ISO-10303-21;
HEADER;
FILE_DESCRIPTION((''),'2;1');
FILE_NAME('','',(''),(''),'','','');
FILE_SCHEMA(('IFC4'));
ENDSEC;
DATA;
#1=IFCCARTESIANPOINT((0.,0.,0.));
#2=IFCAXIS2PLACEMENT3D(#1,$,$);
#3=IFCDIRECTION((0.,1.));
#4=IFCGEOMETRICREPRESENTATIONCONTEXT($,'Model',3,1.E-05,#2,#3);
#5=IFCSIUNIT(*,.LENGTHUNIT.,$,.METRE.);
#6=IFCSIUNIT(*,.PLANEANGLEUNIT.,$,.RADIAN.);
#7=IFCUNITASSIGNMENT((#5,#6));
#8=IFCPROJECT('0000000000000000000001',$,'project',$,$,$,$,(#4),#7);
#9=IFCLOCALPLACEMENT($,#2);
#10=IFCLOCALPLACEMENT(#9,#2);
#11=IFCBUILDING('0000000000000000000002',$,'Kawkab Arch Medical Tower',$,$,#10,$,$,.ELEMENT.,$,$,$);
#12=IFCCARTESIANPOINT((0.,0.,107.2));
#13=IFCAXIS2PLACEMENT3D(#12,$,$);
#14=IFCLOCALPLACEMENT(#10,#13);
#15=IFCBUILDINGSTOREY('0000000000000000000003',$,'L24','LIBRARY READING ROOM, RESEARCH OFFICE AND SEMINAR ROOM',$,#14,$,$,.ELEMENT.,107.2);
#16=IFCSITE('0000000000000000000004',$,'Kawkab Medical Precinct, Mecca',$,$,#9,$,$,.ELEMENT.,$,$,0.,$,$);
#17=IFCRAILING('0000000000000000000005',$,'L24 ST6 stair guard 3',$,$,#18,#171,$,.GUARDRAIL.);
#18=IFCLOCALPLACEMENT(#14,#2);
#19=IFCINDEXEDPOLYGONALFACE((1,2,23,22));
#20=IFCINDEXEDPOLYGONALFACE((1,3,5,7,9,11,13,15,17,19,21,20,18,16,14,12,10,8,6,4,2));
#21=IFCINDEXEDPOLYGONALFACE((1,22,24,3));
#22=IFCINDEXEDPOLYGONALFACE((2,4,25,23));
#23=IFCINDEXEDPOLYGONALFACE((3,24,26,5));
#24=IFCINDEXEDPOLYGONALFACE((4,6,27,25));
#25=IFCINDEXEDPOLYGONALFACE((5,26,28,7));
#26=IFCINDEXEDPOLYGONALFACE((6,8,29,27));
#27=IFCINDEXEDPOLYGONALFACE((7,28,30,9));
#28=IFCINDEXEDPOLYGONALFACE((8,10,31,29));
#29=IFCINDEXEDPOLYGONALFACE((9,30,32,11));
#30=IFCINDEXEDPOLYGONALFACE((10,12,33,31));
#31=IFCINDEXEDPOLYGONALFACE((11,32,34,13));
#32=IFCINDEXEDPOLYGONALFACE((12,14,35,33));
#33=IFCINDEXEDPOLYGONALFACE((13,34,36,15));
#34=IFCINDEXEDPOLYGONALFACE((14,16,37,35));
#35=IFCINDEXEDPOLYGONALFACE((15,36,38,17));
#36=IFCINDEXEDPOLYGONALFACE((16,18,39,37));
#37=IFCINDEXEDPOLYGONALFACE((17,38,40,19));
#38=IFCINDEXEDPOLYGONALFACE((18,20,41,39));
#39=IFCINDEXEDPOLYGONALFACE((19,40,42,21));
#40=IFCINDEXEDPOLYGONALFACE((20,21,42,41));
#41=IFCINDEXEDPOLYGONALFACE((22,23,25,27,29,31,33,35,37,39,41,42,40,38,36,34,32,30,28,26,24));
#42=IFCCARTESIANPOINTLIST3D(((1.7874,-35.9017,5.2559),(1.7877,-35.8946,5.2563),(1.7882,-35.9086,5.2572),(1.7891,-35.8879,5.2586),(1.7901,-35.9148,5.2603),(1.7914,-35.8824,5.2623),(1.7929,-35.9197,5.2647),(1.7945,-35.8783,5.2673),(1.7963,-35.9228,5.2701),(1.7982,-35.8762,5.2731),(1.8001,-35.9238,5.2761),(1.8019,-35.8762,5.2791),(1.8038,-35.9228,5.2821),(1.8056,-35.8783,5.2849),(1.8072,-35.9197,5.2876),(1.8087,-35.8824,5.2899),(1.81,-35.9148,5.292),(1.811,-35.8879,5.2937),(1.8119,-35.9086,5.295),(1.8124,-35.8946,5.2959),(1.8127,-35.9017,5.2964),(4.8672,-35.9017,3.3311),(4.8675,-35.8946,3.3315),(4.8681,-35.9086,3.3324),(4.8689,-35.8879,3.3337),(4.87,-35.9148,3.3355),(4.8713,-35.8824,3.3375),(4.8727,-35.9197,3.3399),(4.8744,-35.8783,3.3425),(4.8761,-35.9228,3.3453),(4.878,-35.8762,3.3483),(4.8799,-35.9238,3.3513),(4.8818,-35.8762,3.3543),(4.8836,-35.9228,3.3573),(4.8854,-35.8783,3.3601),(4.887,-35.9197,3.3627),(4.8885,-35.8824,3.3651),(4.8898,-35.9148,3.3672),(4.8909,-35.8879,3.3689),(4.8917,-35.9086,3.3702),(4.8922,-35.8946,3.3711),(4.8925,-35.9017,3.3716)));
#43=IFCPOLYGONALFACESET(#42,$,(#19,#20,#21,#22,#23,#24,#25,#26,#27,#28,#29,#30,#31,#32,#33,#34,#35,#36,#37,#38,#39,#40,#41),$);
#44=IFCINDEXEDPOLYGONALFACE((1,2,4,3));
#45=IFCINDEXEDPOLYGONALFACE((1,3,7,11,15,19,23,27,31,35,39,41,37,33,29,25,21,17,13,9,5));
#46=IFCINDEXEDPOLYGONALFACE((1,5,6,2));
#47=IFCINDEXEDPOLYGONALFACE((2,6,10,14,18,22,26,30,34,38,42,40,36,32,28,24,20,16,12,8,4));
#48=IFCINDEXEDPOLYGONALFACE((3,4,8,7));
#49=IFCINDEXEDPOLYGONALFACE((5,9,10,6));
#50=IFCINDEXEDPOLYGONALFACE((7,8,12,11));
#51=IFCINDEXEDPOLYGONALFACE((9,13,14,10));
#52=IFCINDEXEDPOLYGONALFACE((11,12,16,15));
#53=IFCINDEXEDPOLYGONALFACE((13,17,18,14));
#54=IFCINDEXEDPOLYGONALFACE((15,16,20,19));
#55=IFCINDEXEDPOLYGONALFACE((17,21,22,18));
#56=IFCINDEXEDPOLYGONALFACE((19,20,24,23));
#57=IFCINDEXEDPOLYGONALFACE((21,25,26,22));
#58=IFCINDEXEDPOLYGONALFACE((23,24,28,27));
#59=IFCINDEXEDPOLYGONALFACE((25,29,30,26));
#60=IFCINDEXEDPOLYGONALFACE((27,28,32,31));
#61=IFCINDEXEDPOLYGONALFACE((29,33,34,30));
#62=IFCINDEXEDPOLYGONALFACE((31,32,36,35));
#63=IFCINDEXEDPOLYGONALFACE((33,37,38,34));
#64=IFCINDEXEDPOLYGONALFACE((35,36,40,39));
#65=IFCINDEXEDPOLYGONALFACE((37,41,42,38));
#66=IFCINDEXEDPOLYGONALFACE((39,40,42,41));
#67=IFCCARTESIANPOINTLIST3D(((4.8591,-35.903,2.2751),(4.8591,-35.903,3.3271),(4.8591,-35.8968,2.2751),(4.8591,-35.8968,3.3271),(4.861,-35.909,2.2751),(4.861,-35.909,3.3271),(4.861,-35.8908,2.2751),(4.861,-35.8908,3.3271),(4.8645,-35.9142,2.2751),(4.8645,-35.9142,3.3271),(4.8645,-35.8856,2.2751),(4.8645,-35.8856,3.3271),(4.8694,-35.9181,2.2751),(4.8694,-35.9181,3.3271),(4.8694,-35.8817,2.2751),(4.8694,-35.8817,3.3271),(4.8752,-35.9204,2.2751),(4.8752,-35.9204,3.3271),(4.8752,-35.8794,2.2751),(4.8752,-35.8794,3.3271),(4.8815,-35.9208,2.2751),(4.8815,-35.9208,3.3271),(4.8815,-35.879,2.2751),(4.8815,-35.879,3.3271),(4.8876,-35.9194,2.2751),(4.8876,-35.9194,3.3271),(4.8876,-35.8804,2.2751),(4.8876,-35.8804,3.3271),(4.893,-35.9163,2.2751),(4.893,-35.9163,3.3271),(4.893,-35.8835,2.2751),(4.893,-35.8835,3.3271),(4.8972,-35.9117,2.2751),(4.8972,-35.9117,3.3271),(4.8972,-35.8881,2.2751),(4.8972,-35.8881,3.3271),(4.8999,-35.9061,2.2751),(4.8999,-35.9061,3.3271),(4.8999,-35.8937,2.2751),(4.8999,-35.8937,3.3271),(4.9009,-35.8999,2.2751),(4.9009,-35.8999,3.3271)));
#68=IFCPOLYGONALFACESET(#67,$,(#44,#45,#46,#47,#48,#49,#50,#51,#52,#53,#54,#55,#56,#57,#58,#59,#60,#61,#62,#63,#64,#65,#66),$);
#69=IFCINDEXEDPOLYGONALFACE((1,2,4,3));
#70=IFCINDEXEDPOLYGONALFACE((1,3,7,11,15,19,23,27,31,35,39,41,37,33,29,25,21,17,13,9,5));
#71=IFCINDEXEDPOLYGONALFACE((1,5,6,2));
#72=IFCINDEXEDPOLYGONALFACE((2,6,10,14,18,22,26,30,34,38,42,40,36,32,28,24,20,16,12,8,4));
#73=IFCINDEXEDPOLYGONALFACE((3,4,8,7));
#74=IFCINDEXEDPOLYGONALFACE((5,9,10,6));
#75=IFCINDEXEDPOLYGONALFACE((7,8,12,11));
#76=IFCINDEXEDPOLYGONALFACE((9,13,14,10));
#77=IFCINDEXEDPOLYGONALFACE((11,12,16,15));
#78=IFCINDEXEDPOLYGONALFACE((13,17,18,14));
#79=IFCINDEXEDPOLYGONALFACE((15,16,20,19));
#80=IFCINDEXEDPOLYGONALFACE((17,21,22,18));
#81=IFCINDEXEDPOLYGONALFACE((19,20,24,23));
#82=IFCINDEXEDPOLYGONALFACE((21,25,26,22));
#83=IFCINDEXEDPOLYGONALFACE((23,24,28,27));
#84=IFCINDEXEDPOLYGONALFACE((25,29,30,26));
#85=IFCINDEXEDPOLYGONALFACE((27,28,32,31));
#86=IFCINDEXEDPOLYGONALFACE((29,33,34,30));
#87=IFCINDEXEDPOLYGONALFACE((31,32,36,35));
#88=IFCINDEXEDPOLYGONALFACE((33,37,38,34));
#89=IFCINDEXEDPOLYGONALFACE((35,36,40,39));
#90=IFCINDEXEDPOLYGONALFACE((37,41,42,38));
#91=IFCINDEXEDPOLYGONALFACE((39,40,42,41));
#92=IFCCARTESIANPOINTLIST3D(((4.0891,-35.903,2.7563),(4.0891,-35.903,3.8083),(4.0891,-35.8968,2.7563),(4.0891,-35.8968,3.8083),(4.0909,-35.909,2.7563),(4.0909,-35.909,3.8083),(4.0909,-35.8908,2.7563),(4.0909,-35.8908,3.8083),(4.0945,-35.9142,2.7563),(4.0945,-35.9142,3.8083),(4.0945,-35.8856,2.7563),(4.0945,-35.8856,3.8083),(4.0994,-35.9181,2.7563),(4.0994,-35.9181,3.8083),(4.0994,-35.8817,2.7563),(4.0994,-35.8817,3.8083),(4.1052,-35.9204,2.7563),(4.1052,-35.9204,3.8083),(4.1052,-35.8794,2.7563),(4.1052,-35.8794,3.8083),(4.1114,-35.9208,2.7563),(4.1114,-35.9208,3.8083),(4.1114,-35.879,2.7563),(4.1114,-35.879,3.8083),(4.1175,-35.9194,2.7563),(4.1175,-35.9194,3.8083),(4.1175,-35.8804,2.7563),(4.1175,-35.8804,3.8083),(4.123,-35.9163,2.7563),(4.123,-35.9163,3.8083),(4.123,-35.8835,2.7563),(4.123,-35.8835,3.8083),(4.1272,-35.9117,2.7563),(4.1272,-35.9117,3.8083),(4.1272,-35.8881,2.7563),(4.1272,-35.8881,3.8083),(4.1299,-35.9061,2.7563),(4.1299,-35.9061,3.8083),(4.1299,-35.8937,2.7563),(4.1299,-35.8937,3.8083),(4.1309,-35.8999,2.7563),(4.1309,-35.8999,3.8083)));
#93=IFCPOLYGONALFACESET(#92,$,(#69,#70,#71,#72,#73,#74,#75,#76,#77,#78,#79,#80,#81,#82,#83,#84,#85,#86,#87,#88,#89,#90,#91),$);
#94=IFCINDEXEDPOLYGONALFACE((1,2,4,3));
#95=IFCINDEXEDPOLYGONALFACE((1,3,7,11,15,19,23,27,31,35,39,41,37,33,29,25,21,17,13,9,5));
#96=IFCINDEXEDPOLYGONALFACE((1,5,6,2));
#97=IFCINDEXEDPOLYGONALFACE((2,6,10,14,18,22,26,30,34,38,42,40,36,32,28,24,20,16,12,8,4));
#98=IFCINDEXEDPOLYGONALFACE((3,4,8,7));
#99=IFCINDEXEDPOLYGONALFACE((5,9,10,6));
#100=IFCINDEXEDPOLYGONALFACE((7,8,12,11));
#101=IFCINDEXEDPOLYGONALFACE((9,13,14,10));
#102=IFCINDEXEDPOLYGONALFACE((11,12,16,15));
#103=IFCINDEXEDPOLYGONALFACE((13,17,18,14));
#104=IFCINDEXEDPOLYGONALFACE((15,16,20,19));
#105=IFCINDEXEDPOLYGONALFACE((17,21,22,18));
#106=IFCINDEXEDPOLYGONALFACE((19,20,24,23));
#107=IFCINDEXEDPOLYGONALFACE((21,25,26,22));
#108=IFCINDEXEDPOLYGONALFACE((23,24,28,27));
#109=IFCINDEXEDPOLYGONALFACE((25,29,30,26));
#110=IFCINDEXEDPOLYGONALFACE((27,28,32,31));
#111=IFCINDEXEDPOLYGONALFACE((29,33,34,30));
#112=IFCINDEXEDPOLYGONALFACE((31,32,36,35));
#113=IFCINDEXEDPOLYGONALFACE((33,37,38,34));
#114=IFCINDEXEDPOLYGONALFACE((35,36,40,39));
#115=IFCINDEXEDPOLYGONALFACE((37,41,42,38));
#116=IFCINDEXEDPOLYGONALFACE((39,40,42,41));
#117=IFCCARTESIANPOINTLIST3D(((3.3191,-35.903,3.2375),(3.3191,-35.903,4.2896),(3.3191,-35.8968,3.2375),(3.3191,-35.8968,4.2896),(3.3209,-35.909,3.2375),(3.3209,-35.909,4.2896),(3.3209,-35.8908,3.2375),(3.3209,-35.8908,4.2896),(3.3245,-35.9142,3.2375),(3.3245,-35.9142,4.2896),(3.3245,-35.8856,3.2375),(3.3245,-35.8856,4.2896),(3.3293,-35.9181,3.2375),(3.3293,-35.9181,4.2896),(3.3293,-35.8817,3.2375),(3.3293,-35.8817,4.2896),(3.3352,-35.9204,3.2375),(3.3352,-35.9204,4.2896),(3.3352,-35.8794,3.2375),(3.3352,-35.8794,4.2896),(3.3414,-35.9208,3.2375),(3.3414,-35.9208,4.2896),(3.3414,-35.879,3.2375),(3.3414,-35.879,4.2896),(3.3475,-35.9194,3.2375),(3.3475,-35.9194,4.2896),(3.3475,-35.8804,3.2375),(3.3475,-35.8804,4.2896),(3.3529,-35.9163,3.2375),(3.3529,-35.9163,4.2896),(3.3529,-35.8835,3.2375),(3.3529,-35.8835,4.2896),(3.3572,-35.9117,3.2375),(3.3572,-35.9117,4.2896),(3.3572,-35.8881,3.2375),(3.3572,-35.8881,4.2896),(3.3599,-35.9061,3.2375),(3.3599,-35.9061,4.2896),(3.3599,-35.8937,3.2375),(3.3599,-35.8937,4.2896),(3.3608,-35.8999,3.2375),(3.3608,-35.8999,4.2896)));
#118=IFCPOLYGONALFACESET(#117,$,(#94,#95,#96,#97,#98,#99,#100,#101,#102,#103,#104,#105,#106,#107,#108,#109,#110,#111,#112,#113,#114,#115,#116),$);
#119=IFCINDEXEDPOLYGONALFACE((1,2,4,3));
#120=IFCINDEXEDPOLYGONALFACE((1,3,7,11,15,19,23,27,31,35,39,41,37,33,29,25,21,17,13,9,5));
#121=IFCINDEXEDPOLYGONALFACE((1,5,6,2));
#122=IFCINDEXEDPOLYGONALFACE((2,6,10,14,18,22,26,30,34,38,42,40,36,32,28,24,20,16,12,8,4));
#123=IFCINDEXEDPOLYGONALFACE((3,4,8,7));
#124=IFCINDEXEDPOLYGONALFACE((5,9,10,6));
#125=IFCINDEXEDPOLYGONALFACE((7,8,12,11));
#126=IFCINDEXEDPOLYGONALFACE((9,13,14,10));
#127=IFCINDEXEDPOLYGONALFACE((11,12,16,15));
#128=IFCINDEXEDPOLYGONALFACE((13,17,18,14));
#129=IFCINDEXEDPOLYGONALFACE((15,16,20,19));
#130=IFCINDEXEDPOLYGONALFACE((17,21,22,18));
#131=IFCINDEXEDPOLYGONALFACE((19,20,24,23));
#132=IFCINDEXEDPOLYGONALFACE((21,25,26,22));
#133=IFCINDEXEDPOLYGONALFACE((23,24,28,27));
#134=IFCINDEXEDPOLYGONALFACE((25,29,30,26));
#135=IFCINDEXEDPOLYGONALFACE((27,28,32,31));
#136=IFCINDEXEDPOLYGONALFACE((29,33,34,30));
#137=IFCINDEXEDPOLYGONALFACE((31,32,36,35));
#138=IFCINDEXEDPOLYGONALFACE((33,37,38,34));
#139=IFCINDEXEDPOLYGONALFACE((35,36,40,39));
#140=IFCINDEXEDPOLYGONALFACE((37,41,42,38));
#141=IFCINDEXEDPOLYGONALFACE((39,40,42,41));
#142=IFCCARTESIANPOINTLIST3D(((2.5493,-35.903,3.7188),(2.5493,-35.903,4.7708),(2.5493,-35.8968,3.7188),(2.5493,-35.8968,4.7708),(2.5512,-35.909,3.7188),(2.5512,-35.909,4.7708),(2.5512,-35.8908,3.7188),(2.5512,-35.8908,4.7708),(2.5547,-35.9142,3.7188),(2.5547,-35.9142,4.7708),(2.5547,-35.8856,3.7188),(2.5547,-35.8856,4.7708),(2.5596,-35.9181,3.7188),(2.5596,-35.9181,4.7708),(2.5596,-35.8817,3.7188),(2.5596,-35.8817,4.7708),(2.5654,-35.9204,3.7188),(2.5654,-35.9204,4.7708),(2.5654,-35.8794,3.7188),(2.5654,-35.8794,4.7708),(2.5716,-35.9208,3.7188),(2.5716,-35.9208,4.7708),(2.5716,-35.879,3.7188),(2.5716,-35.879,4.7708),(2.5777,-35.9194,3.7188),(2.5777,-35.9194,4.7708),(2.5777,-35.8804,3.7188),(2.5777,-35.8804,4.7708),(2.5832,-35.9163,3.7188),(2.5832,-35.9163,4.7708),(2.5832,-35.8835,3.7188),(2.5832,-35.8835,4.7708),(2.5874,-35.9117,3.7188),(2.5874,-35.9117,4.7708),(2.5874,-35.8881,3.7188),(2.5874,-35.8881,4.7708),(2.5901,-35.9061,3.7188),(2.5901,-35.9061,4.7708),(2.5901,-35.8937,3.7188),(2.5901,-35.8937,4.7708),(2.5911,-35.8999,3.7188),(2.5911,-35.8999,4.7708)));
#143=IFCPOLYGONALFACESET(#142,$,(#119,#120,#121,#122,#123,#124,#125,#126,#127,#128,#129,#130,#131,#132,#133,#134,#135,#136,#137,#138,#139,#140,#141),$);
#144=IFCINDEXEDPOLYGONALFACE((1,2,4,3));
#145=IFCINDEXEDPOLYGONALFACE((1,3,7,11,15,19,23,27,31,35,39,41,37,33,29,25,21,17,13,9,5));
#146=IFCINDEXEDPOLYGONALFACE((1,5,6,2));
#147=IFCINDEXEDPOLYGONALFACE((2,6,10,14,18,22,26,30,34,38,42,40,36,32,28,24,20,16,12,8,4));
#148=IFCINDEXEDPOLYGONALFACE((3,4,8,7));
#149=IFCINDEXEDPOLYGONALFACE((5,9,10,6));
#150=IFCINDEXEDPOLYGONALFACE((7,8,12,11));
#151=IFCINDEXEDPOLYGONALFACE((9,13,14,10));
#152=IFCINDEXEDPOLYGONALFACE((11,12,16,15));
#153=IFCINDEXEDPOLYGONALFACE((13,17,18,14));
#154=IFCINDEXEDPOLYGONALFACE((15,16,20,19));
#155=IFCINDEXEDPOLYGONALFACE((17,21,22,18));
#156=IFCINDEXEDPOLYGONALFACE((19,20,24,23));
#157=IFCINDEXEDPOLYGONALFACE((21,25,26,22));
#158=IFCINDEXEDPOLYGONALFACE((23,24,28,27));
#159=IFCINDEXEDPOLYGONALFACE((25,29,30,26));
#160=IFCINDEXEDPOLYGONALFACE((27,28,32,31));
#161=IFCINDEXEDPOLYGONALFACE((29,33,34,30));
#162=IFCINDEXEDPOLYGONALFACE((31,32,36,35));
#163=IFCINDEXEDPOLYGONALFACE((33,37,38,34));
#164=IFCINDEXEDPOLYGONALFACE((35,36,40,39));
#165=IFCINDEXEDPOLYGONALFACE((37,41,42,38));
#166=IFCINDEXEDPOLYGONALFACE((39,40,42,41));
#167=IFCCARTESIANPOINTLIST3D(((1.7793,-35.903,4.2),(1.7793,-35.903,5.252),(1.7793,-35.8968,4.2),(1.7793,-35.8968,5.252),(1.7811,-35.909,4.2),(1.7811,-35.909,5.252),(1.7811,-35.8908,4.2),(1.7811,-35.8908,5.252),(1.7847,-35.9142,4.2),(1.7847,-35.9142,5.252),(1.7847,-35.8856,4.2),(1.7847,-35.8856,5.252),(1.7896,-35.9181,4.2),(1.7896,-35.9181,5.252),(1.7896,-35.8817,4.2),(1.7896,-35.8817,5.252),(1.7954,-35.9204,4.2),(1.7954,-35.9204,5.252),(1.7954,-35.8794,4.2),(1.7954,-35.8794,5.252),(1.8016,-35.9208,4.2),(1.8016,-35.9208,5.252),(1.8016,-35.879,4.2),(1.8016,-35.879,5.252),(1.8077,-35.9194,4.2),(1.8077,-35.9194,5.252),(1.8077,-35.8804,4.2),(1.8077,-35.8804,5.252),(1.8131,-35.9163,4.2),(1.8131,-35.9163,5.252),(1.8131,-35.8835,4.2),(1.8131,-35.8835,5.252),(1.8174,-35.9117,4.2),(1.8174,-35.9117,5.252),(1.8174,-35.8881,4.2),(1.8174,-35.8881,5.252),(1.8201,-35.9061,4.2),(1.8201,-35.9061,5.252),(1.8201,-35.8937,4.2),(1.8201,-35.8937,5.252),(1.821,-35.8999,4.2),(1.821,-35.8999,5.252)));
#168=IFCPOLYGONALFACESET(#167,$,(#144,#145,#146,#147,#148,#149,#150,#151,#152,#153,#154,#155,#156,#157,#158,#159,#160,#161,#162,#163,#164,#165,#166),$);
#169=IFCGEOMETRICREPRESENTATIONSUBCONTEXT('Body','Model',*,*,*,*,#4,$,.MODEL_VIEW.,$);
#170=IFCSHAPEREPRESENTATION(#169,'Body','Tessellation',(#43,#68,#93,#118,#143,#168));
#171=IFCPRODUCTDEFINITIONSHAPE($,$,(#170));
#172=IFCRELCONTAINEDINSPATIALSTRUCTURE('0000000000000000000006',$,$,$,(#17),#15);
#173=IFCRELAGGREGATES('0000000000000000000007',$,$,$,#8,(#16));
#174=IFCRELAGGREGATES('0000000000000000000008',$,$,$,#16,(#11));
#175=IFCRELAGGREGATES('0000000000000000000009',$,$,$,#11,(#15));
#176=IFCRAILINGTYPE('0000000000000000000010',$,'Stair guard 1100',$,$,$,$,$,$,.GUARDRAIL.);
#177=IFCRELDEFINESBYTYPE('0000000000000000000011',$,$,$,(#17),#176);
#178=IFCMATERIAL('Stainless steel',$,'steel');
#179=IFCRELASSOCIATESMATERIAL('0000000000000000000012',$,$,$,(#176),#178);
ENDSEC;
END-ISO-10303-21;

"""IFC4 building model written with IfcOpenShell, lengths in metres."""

from ifc_helpers import new_model, si_unit, direction, frame, origin, origin_2d, place, context, subcontext, project, spatial, circle, extrude, material, type_object, element, save


model = new_model("IFC4")

# Units and contexts
model_context = context("Model", 3, precision=1e-05, world=origin(), true_north=direction((0.0, 1.0)))
body_context = subcontext(model_context, "Body", "Model", "MODEL_VIEW")
ifc_project = project(units=[si_unit("LENGTHUNIT", "METRE"), si_unit("PLANEANGLEUNIT", "RADIAN")], contexts=[model_context])

# Site, building, storey
site_placement = place(None, origin())
site = spatial("IfcSite", under=ifc_project, at=site_placement, Name="Kawkab Medical Precinct, Mecca", CompositionType="ELEMENT", RefElevation=0.0)
building_placement = place(site_placement, origin())
building = spatial("IfcBuilding", under=site, at=building_placement, Name="Kawkab Arch Medical Tower", CompositionType="ELEMENT")
storey_placement = place(building_placement, frame((0.0, 0.0, 107.2)))
storey = spatial("IfcBuildingStorey", under=building, at=storey_placement, Name="L24", Description="LIBRARY READING ROOM, RESEARCH OFFICE AND SEMINAR ROOM", CompositionType="ELEMENT", Elevation=107.2)

# Railing
ifc_material_1 = material(Name="Stainless steel", Category="steel")
railing_type = type_object("IfcRailingType", Name="Stair guard 1100", PredefinedType="GUARDRAIL", material=ifc_material_1)
railing_1_placement = place(storey_placement, frame((4.8799, -35.8999, 2.2751)))
element("IfcRailing", 1, at=railing_1_placement, inside=storey, type_object=railing_type, Name="L24 ST6 stair guard 3", PredefinedType="GUARDRAIL", context=body_context, shape_type="SweptSolid", body=[
    extrude(circle(Radius=0.0239, at=origin_2d()), frame((0.0, 0.0, 1.0762), z_axis=(-0.84801, 0.0, 0.529981), x_axis=(0.0, -1.0, 0.0)), (0.0, 0.0, 1.0), 3.6318),
    extrude(circle(Radius=0.021, at=origin_2d()), origin(), (0.0, 0.0, 1.0), 1.052),
    extrude(circle(Radius=0.021, at=origin_2d()), frame((-0.77, 0.0, 0.4812)), (0.0, 0.0, 1.0), 1.052),
    extrude(circle(Radius=0.021, at=origin_2d()), frame((-1.54, 0.0, 0.9624)), (0.0, 0.0, 1.0), 1.052),
    extrude(circle(Radius=0.021, at=origin_2d()), frame((-2.3098, 0.0, 1.4436)), (0.0, 0.0, 1.0), 1.052),
    extrude(circle(Radius=0.021, at=origin_2d()), frame((-3.0798, 0.0, 1.9248)), (0.0, 0.0, 1.0), 1.052),
])

save(model, "model.ifc")
